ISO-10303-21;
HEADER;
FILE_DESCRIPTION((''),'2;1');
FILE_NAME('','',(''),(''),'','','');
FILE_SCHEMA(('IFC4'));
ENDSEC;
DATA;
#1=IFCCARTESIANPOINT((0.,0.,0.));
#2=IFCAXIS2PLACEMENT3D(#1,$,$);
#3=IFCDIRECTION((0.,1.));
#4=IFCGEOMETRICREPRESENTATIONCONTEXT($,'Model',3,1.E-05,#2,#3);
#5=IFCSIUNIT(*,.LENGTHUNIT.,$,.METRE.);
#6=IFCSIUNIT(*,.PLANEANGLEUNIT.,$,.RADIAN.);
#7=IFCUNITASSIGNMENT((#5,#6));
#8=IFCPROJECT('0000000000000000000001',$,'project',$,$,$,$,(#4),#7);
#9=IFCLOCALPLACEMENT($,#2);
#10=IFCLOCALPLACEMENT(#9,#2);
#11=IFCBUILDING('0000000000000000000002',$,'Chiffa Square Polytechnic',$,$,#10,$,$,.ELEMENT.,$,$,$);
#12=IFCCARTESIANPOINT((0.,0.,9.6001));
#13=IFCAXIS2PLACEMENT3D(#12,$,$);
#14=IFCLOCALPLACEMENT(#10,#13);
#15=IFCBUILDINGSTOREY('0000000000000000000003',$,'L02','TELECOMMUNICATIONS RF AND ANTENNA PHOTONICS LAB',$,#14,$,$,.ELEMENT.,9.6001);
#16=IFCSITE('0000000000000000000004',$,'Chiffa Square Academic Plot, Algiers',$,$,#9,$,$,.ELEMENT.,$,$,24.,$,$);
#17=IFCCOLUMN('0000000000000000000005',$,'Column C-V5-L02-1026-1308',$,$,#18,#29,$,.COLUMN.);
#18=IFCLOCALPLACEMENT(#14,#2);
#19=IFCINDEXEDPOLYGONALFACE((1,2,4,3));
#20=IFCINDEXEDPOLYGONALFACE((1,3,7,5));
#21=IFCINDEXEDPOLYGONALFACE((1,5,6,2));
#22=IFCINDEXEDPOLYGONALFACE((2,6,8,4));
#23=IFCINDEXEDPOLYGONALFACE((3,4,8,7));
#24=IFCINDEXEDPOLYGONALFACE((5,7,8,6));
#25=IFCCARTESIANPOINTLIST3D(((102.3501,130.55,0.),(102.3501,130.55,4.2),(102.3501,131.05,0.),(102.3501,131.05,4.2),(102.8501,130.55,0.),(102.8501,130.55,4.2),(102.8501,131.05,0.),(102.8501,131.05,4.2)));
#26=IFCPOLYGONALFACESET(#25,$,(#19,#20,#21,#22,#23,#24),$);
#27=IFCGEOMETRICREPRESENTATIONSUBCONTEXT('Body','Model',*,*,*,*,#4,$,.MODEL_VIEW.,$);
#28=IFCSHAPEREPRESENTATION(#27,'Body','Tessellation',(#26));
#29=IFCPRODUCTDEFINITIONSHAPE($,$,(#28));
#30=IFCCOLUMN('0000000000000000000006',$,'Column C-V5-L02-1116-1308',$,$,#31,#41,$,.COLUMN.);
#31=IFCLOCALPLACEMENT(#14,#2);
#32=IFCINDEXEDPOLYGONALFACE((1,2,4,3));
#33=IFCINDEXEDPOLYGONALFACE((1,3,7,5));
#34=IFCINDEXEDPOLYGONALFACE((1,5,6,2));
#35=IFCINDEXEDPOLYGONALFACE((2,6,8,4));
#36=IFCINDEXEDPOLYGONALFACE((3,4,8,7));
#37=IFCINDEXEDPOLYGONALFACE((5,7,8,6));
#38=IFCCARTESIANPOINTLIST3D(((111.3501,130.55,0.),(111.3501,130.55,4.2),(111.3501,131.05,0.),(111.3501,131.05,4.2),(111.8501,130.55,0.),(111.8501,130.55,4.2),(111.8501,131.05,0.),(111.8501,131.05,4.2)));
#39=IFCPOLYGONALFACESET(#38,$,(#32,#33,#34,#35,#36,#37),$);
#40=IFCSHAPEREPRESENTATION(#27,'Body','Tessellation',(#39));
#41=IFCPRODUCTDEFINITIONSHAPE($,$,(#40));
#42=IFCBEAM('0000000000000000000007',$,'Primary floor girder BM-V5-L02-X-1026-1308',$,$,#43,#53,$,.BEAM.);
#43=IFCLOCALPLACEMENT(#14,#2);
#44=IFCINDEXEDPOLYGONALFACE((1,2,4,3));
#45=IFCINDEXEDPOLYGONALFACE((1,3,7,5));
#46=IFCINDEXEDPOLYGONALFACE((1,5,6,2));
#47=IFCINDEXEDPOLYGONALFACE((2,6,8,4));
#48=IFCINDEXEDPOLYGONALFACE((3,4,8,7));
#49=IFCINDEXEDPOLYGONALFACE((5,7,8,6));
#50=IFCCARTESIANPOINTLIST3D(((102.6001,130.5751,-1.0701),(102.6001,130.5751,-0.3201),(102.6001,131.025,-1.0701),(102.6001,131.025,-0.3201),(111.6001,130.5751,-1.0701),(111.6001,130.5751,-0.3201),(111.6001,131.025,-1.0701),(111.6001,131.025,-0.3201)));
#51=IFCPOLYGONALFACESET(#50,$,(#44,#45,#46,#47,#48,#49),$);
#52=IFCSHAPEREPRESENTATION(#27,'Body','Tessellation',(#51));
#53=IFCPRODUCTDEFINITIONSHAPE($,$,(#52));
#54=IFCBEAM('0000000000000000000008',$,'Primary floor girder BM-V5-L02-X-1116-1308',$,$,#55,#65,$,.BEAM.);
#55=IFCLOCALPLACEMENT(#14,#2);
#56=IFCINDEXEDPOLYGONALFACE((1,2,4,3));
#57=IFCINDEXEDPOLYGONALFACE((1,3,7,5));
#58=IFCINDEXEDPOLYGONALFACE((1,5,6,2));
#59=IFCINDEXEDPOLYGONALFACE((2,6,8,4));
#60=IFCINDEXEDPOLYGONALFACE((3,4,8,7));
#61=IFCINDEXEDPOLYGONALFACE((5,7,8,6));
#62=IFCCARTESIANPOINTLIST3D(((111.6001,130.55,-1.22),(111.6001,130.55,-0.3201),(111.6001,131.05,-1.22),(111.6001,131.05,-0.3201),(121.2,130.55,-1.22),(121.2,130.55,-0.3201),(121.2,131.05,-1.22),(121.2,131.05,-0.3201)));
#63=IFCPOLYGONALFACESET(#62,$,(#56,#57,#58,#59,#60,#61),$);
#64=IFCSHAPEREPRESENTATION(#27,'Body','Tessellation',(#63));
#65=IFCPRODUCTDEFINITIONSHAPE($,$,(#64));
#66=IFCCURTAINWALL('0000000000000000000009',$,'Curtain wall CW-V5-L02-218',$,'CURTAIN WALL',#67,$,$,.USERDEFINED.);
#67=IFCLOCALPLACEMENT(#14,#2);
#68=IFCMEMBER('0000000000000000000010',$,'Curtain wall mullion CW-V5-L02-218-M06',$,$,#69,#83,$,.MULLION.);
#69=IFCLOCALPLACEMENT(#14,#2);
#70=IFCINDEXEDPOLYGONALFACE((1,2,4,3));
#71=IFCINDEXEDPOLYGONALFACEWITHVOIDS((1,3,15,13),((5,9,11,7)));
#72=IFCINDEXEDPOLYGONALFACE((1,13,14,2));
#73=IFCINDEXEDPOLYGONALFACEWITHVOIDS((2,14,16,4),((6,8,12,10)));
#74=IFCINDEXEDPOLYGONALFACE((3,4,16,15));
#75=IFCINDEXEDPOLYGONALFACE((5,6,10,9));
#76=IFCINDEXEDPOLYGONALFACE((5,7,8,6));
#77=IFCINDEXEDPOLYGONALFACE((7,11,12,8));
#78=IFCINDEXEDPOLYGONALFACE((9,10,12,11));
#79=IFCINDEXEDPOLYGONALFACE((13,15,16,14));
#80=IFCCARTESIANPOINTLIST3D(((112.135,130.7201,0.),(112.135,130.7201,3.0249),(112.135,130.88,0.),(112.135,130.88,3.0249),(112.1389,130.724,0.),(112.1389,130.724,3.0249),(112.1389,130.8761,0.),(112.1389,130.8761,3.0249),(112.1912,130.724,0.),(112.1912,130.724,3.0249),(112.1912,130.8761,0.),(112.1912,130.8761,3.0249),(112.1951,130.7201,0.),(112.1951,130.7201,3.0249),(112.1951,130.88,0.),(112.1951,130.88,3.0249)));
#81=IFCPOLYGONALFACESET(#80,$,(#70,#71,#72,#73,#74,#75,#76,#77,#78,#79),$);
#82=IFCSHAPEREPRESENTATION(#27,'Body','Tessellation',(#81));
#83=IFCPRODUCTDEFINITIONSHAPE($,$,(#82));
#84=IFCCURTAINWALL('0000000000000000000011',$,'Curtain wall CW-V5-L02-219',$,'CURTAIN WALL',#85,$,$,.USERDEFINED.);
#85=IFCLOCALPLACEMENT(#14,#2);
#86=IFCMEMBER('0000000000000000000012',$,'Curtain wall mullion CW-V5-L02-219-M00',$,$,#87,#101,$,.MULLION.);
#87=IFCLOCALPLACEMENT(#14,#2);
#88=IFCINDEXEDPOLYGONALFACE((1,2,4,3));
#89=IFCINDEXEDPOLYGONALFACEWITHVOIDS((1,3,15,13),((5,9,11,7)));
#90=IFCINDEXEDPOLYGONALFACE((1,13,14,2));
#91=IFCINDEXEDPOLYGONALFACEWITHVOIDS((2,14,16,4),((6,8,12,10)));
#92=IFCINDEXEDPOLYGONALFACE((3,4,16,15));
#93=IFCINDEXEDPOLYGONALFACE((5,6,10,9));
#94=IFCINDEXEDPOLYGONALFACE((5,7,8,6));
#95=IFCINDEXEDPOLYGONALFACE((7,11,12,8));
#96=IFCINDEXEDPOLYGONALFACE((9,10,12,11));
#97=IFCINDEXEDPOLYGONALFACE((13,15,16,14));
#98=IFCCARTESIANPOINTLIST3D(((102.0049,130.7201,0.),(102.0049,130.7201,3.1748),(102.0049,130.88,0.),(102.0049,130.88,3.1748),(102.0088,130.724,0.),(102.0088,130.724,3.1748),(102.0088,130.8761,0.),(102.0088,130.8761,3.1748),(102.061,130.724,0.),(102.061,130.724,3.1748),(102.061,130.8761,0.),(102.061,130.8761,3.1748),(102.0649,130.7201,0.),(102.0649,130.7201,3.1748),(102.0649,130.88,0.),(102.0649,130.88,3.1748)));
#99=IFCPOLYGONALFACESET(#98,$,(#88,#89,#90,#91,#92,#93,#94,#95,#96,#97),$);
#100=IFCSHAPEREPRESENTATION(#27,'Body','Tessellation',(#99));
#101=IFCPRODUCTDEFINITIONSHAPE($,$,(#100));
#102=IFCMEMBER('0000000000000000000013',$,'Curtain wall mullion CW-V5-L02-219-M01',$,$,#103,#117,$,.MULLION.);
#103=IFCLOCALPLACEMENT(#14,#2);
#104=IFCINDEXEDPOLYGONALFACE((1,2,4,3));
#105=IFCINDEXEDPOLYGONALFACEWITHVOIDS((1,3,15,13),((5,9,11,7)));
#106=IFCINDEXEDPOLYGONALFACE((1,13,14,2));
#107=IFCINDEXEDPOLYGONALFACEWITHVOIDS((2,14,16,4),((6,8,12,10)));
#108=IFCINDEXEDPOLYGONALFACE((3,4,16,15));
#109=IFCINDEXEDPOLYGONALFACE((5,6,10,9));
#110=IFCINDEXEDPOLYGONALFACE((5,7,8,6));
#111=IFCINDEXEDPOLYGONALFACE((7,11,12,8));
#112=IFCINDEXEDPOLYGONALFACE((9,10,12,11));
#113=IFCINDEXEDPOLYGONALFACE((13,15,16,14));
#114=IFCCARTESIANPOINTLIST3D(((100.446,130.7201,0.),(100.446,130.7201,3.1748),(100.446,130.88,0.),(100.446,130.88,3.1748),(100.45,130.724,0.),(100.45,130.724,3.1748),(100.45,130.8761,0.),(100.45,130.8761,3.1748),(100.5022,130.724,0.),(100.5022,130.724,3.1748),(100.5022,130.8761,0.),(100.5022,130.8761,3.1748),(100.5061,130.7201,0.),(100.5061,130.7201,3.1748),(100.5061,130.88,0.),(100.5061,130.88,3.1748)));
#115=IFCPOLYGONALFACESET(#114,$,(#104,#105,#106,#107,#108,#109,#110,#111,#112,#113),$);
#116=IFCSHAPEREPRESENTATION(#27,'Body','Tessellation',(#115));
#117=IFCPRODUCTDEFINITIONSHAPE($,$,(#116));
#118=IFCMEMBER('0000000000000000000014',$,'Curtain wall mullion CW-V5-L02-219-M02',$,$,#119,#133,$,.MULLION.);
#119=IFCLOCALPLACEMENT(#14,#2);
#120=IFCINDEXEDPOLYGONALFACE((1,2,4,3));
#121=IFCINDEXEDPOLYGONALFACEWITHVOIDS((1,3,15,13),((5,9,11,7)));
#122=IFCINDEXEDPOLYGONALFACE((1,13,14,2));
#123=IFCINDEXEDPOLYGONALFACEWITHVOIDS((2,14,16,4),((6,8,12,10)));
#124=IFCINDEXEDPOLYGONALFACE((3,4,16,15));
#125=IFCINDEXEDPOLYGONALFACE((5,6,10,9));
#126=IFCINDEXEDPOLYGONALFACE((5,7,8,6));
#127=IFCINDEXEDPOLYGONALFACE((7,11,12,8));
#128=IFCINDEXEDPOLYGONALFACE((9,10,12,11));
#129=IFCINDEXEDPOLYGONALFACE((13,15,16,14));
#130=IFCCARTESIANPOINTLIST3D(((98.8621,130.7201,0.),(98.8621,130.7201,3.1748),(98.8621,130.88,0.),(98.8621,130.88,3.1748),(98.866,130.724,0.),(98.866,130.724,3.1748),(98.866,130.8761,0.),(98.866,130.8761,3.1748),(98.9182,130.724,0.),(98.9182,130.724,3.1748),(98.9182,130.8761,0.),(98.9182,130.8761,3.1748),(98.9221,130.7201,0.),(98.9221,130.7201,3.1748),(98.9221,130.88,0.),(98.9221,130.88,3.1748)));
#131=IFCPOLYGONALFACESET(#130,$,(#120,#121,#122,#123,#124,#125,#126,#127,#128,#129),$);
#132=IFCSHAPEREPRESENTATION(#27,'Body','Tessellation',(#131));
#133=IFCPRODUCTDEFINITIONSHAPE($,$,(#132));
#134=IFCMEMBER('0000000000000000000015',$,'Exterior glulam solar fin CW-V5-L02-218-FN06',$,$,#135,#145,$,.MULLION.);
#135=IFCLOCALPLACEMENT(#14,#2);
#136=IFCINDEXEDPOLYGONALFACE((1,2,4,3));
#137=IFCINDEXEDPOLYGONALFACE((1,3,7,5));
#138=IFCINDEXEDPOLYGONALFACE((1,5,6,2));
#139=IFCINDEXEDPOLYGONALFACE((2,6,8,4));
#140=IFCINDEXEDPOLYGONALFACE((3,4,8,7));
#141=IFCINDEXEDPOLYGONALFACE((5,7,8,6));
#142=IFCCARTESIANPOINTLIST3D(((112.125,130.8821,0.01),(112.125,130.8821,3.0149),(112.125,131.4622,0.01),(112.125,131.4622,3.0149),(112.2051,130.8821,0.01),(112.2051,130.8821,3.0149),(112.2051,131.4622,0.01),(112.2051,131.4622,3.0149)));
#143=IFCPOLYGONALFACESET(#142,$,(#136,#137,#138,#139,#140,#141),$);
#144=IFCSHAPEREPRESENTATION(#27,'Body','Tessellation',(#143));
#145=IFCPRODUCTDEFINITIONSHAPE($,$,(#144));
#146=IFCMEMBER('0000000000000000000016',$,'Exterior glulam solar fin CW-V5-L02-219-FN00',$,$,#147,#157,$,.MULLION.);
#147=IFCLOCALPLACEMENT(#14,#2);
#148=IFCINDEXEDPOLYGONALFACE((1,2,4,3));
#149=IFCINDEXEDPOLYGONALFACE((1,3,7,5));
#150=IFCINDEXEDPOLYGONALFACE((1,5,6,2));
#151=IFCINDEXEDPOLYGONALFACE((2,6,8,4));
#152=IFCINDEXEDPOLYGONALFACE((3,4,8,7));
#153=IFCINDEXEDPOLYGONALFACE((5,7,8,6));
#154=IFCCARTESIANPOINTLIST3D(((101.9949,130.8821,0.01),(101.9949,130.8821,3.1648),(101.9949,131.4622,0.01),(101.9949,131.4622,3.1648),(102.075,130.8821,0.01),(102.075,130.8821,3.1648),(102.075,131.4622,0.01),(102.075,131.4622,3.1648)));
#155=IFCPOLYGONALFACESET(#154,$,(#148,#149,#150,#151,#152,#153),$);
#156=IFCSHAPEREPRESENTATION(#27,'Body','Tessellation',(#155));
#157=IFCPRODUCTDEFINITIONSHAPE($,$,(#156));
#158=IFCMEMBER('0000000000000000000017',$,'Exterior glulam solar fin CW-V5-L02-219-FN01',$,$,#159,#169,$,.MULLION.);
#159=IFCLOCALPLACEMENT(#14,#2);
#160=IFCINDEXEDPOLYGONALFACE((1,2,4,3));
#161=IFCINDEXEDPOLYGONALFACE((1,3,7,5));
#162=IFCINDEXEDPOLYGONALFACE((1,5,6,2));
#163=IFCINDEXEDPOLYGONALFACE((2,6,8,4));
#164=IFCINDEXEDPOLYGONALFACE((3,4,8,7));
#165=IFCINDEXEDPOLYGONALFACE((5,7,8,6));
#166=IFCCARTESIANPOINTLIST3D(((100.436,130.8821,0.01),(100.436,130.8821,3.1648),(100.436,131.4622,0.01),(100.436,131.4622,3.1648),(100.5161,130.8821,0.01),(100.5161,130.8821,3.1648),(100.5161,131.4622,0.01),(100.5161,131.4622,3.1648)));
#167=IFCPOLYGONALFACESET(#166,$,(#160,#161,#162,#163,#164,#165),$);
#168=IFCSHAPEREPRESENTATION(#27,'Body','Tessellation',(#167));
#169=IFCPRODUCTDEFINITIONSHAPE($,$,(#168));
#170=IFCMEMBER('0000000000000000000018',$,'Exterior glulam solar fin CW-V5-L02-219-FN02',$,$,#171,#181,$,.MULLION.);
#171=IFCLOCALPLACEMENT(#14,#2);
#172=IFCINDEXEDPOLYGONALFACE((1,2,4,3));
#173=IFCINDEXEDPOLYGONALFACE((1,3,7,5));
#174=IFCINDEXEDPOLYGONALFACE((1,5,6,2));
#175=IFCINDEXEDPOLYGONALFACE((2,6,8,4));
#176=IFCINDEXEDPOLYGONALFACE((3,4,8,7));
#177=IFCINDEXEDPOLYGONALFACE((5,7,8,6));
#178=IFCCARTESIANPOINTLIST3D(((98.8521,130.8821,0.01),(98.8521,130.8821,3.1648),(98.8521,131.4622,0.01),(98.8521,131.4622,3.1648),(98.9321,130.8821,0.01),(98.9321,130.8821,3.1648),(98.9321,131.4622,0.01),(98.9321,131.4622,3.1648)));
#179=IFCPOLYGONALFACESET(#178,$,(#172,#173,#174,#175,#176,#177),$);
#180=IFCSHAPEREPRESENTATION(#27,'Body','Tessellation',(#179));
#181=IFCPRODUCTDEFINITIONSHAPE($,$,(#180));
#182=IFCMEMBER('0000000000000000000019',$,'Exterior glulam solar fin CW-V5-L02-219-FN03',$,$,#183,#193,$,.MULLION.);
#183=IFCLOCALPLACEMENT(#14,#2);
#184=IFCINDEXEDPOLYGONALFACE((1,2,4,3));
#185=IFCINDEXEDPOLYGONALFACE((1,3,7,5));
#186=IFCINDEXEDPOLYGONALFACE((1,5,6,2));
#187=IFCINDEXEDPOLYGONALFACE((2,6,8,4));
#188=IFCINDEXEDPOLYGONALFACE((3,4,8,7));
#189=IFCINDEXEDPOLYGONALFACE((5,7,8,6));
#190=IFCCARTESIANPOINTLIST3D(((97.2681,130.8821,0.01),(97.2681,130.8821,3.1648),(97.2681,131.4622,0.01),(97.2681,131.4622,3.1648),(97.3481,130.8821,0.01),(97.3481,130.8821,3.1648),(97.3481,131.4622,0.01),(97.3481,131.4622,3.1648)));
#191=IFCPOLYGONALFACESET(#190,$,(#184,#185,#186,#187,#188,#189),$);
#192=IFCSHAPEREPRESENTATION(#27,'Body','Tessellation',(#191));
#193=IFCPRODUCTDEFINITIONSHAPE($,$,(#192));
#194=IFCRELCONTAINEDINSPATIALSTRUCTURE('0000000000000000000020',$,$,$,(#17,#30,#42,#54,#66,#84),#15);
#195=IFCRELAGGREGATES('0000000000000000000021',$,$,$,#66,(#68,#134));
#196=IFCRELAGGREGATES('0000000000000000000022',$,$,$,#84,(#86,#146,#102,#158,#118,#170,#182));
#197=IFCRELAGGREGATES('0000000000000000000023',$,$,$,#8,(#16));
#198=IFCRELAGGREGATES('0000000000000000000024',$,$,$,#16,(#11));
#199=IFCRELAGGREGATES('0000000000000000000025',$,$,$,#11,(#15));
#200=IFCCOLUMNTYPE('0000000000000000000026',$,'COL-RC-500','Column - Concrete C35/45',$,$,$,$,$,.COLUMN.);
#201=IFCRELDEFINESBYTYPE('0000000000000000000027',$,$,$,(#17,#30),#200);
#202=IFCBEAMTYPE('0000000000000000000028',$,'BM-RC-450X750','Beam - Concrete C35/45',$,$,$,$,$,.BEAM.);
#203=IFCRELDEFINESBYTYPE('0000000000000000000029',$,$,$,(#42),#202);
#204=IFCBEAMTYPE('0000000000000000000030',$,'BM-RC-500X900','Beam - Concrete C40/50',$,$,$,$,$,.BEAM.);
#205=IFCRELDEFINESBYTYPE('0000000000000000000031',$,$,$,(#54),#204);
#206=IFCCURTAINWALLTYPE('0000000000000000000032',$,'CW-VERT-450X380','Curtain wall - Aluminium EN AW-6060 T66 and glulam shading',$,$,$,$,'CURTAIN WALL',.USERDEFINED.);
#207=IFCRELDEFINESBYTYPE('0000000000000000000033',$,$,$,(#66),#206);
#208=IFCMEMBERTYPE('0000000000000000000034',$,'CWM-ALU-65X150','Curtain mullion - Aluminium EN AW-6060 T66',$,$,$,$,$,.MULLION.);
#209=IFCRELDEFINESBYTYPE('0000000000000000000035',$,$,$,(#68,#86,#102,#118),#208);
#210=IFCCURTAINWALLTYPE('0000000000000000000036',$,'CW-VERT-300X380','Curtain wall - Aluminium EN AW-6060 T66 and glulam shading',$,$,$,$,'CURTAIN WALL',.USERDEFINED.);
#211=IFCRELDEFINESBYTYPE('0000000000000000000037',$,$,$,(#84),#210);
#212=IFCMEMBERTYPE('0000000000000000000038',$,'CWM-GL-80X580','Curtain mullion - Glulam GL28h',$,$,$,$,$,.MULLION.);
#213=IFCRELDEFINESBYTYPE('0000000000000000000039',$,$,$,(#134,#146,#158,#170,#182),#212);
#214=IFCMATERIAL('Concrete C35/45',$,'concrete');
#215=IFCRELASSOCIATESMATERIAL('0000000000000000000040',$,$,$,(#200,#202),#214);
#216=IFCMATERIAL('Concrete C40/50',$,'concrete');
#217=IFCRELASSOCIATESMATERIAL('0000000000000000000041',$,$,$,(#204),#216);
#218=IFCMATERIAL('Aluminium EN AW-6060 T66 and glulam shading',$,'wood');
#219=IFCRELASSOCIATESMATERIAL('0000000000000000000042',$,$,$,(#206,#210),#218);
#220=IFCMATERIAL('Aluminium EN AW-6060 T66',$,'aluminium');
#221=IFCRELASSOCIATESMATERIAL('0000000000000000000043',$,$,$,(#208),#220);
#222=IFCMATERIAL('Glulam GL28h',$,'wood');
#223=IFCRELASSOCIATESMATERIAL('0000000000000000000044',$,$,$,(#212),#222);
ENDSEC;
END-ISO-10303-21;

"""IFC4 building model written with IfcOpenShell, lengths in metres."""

from ifc_helpers import new_model, si_unit, direction, frame, origin, origin_2d, place, context, subcontext, project, spatial, rectangle, hollow_rectangle, extrude, material, material_profile, profile_set, type_object, element, aggregate, save


model = new_model("IFC4")

# Units and contexts
model_context = context("Model", 3, precision=1e-05, world=origin(), true_north=direction((0.0, 1.0)))
body_context = subcontext(model_context, "Body", "Model", "MODEL_VIEW")
ifc_project = project(units=[si_unit("LENGTHUNIT", "METRE"), si_unit("PLANEANGLEUNIT", "RADIAN")], contexts=[model_context])

# Site, building, storey
site_placement = place(None, origin())
site = spatial("IfcSite", under=ifc_project, at=site_placement, Name="Chiffa Square Academic Plot, Algiers", CompositionType="ELEMENT", RefElevation=24.0)
building_placement = place(site_placement, origin())
building = spatial("IfcBuilding", under=site, at=building_placement, Name="Chiffa Square Polytechnic", CompositionType="ELEMENT")
storey_placement = place(building_placement, frame((0.0, 0.0, 9.6001)))
storey = spatial("IfcBuildingStorey", under=building, at=storey_placement, Name="L02", Description="TELECOMMUNICATIONS RF AND ANTENNA PHOTONICS LAB", CompositionType="ELEMENT", Elevation=9.6001)

# Columns
ifc_material_1 = material(Name="Concrete C35/45", Category="concrete")
ifc_material_profile_1 = material_profile(ifc_material_1, rectangle(XDim=0.5, YDim=0.5, at=origin_2d()), Name="RC 500x500")
ifc_profile_set_1 = profile_set([ifc_material_profile_1], Name="Concrete C35/45")
column_type = type_object("IfcColumnType", Name="COL-RC-500", Description="Column - Concrete C35/45", PredefinedType="COLUMN", material=ifc_profile_set_1)
for number, where, z_axis, x_axis, name in (
    (1, (102.6001, 130.8, 0.0), (0.0, 0.0, 1.0), (1.0, 0.0, 0.0), "Column C-V5-L02-1026-1308"),
    (2, (111.6001, 130.8, 0.0), (0.0, 0.0, 1.0), (1.0, 0.0, 0.0), "Column C-V5-L02-1116-1308"),
):
    element("IfcColumn", number, at=place(storey_placement, frame(where, z_axis=z_axis, x_axis=x_axis)), inside=storey, type_object=column_type, Name=name, PredefinedType="COLUMN", context=body_context, shape_type="SweptSolid", body=[
        extrude(rectangle(XDim=0.5, YDim=0.5, at=origin_2d()), origin(), (0.0, 0.0, 1.0), 4.2),
    ])

# Beams
ifc_material_profile_2 = material_profile(ifc_material_1, rectangle(XDim=0.45, YDim=0.75, at=origin_2d()), Name="RC 450x750")
ifc_profile_set_2 = profile_set([ifc_material_profile_2], Name="Concrete C35/45")
beam_type_1 = type_object("IfcBeamType", Name="BM-RC-450X750", Description="Beam - Concrete C35/45", PredefinedType="BEAM", material=ifc_profile_set_2)
beam_1_placement = place(storey_placement, frame((102.6001, 130.8, -0.6951), z_axis=(1.0, 0.0, 0.0), x_axis=(0.0, 1.0, 0.0)))
element("IfcBeam", 3, at=beam_1_placement, inside=storey, type_object=beam_type_1, Name="Primary floor girder BM-V5-L02-X-1026-1308", PredefinedType="BEAM", context=body_context, shape_type="SweptSolid", body=[
    extrude(rectangle(XDim=0.45, YDim=0.75, at=origin_2d()), origin(), (0.0, 0.0, 1.0), 9.0),
])
ifc_material_2 = material(Name="Concrete C40/50", Category="concrete")
ifc_material_profile_3 = material_profile(ifc_material_2, rectangle(XDim=0.5, YDim=0.8999, at=origin_2d()), Name="RC 500x900")
ifc_profile_set_3 = profile_set([ifc_material_profile_3], Name="Concrete C40/50")
beam_type_2 = type_object("IfcBeamType", Name="BM-RC-500X900", Description="Beam - Concrete C40/50", PredefinedType="BEAM", material=ifc_profile_set_3)
beam_2_placement = place(storey_placement, frame((111.6001, 130.8, -0.77), z_axis=(1.0, 0.0, 0.0), x_axis=(0.0, 1.0, 0.0)))
element("IfcBeam", 4, at=beam_2_placement, inside=storey, type_object=beam_type_2, Name="Primary floor girder BM-V5-L02-X-1116-1308", PredefinedType="BEAM", context=body_context, shape_type="SweptSolid", body=[
    extrude(rectangle(XDim=0.5, YDim=0.8999, at=origin_2d()), origin(), (0.0, 0.0, 1.0), 9.5999),
])

# Curtain wall, member
ifc_material_3 = material(Name="Aluminium EN AW-6060 T66 and glulam shading", Category="wood")
curtain_wall_type_1 = type_object("IfcCurtainWallType", Name="CW-VERT-450X380", Description="Curtain wall - Aluminium EN AW-6060 T66 and glulam shading", ElementType="CURTAIN WALL", PredefinedType="USERDEFINED", material=ifc_material_3)
curtain_wall_1_placement = place(storey_placement, origin())
curtain_wall_1 = element("IfcCurtainWall", 5, at=curtain_wall_1_placement, inside=storey, type_object=curtain_wall_type_1, Name="Curtain wall CW-V5-L02-218", ObjectType="CURTAIN WALL", PredefinedType="USERDEFINED")
ifc_material_4 = material(Name="Aluminium EN AW-6060 T66", Category="aluminium")
ifc_material_profile_4 = material_profile(ifc_material_4, hollow_rectangle(XDim=0.0601, YDim=0.1599, WallThickness=0.0039, at=origin_2d()), Name="ALU 60x160x4")
ifc_profile_set_4 = profile_set([ifc_material_profile_4], Name="Aluminium EN AW-6060 T66")
member_type_1 = type_object("IfcMemberType", Name="CWM-ALU-65X150", Description="Curtain mullion - Aluminium EN AW-6060 T66", PredefinedType="MULLION", material=ifc_profile_set_4)
member_1_placement = place(storey_placement, frame((112.165, 130.8, 0.0), z_axis=(0.0, 0.0, 1.0), x_axis=(1.0, 0.0, 0.0)))
member_1 = element("IfcMember", 6, at=member_1_placement, type_object=member_type_1, Name="Curtain wall mullion CW-V5-L02-218-M06", PredefinedType="MULLION", context=body_context, shape_type="SweptSolid", body=[
    extrude(hollow_rectangle(XDim=0.0601, YDim=0.1599, WallThickness=0.0039, at=origin_2d()), origin(), (0.0, 0.0, 1.0), 3.0249),
])

# Curtain wall, members
curtain_wall_type_2 = type_object("IfcCurtainWallType", Name="CW-VERT-300X380", Description="Curtain wall - Aluminium EN AW-6060 T66 and glulam shading", ElementType="CURTAIN WALL", PredefinedType="USERDEFINED", material=ifc_material_3)
curtain_wall_2_placement = place(storey_placement, origin())
curtain_wall_2 = element("IfcCurtainWall", 7, at=curtain_wall_2_placement, inside=storey, type_object=curtain_wall_type_2, Name="Curtain wall CW-V5-L02-219", ObjectType="CURTAIN WALL", PredefinedType="USERDEFINED")
member_2_placement = place(storey_placement, frame((102.0349, 130.8, 0.0), z_axis=(0.0, 0.0, 1.0), x_axis=(1.0, 0.0, 0.0)))
member_2 = element("IfcMember", 8, at=member_2_placement, type_object=member_type_1, Name="Curtain wall mullion CW-V5-L02-219-M00", PredefinedType="MULLION", context=body_context, shape_type="SweptSolid", body=[
    extrude(hollow_rectangle(XDim=0.0601, YDim=0.1599, WallThickness=0.0039, at=origin_2d()), origin(), (0.0, 0.0, 1.0), 3.1748),
])
member_3_placement = place(storey_placement, frame((100.4761, 130.8, 0.0), z_axis=(0.0, 0.0, 1.0), x_axis=(1.0, 0.0, 0.0)))
member_3 = element("IfcMember", 9, at=member_3_placement, type_object=member_type_1, Name="Curtain wall mullion CW-V5-L02-219-M01", PredefinedType="MULLION", context=body_context, shape_type="SweptSolid", body=[
    extrude(hollow_rectangle(XDim=0.0601, YDim=0.1599, WallThickness=0.0039, at=origin_2d()), origin(), (0.0, 0.0, 1.0), 3.1748),
])
member_4_placement = place(storey_placement, frame((98.8921, 130.8, 0.0), z_axis=(0.0, 0.0, 1.0), x_axis=(1.0, 0.0, 0.0)))
member_4 = element("IfcMember", 10, at=member_4_placement, type_object=member_type_1, Name="Curtain wall mullion CW-V5-L02-219-M02", PredefinedType="MULLION", context=body_context, shape_type="SweptSolid", body=[
    extrude(hollow_rectangle(XDim=0.0601, YDim=0.1599, WallThickness=0.0039, at=origin_2d()), origin(), (0.0, 0.0, 1.0), 3.1748),
])

# Members
ifc_material_5 = material(Name="Glulam GL28h", Category="wood")
ifc_material_profile_5 = material_profile(ifc_material_5, rectangle(XDim=0.0801, YDim=0.5801, at=origin_2d()), Name="GL28h 80x580")
ifc_profile_set_5 = profile_set([ifc_material_profile_5], Name="Glulam GL28h")
member_type_2 = type_object("IfcMemberType", Name="CWM-GL-80X580", Description="Curtain mullion - Glulam GL28h", PredefinedType="MULLION", material=ifc_profile_set_5)
member_5_placement = place(storey_placement, frame((112.165, 131.1721, 0.01), z_axis=(0.0, 0.0, 1.0), x_axis=(-1.0, 0.0, 0.0)))
member_5 = element("IfcMember", 11, at=member_5_placement, type_object=member_type_2, Name="Exterior glulam solar fin CW-V5-L02-218-FN06", PredefinedType="MULLION", context=body_context, shape_type="SweptSolid", body=[
    extrude(rectangle(XDim=0.0801, YDim=0.5801, at=origin_2d()), origin(), (0.0, 0.0, 1.0), 3.0049),
])
aggregate(curtain_wall_1, [member_1, member_5])
member_6_placement = place(storey_placement, frame((102.0349, 131.1721, 0.01), z_axis=(0.0, 0.0, 1.0), x_axis=(-1.0, 0.0, 0.0)))
member_6 = element("IfcMember", 12, at=member_6_placement, type_object=member_type_2, Name="Exterior glulam solar fin CW-V5-L02-219-FN00", PredefinedType="MULLION", context=body_context, shape_type="SweptSolid", body=[
    extrude(rectangle(XDim=0.0801, YDim=0.5801, at=origin_2d()), origin(), (0.0, 0.0, 1.0), 3.1548),
])
member_7_placement = place(storey_placement, frame((100.4761, 131.1721, 0.01), z_axis=(0.0, 0.0, 1.0), x_axis=(-1.0, 0.0, 0.0)))
member_7 = element("IfcMember", 13, at=member_7_placement, type_object=member_type_2, Name="Exterior glulam solar fin CW-V5-L02-219-FN01", PredefinedType="MULLION", context=body_context, shape_type="SweptSolid", body=[
    extrude(rectangle(XDim=0.0801, YDim=0.5801, at=origin_2d()), origin(), (0.0, 0.0, 1.0), 3.1548),
])
member_8_placement = place(storey_placement, frame((98.8921, 131.1721, 0.01), z_axis=(0.0, 0.0, 1.0), x_axis=(-1.0, 0.0, 0.0)))
member_8 = element("IfcMember", 14, at=member_8_placement, type_object=member_type_2, Name="Exterior glulam solar fin CW-V5-L02-219-FN02", PredefinedType="MULLION", context=body_context, shape_type="SweptSolid", body=[
    extrude(rectangle(XDim=0.0801, YDim=0.5801, at=origin_2d()), origin(), (0.0, 0.0, 1.0), 3.1548),
])
member_9_placement = place(storey_placement, frame((97.3081, 131.1721, 0.01), z_axis=(0.0, 0.0, 1.0), x_axis=(-1.0, 0.0, 0.0)))
member_9 = element("IfcMember", 15, at=member_9_placement, type_object=member_type_2, Name="Exterior glulam solar fin CW-V5-L02-219-FN03", PredefinedType="MULLION", context=body_context, shape_type="SweptSolid", body=[
    extrude(rectangle(XDim=0.0801, YDim=0.5801, at=origin_2d()), origin(), (0.0, 0.0, 1.0), 3.1548),
])

aggregate(curtain_wall_2, [member_2, member_6, member_3, member_7, member_4, member_8, member_9])

save(model, "model.ifc")
